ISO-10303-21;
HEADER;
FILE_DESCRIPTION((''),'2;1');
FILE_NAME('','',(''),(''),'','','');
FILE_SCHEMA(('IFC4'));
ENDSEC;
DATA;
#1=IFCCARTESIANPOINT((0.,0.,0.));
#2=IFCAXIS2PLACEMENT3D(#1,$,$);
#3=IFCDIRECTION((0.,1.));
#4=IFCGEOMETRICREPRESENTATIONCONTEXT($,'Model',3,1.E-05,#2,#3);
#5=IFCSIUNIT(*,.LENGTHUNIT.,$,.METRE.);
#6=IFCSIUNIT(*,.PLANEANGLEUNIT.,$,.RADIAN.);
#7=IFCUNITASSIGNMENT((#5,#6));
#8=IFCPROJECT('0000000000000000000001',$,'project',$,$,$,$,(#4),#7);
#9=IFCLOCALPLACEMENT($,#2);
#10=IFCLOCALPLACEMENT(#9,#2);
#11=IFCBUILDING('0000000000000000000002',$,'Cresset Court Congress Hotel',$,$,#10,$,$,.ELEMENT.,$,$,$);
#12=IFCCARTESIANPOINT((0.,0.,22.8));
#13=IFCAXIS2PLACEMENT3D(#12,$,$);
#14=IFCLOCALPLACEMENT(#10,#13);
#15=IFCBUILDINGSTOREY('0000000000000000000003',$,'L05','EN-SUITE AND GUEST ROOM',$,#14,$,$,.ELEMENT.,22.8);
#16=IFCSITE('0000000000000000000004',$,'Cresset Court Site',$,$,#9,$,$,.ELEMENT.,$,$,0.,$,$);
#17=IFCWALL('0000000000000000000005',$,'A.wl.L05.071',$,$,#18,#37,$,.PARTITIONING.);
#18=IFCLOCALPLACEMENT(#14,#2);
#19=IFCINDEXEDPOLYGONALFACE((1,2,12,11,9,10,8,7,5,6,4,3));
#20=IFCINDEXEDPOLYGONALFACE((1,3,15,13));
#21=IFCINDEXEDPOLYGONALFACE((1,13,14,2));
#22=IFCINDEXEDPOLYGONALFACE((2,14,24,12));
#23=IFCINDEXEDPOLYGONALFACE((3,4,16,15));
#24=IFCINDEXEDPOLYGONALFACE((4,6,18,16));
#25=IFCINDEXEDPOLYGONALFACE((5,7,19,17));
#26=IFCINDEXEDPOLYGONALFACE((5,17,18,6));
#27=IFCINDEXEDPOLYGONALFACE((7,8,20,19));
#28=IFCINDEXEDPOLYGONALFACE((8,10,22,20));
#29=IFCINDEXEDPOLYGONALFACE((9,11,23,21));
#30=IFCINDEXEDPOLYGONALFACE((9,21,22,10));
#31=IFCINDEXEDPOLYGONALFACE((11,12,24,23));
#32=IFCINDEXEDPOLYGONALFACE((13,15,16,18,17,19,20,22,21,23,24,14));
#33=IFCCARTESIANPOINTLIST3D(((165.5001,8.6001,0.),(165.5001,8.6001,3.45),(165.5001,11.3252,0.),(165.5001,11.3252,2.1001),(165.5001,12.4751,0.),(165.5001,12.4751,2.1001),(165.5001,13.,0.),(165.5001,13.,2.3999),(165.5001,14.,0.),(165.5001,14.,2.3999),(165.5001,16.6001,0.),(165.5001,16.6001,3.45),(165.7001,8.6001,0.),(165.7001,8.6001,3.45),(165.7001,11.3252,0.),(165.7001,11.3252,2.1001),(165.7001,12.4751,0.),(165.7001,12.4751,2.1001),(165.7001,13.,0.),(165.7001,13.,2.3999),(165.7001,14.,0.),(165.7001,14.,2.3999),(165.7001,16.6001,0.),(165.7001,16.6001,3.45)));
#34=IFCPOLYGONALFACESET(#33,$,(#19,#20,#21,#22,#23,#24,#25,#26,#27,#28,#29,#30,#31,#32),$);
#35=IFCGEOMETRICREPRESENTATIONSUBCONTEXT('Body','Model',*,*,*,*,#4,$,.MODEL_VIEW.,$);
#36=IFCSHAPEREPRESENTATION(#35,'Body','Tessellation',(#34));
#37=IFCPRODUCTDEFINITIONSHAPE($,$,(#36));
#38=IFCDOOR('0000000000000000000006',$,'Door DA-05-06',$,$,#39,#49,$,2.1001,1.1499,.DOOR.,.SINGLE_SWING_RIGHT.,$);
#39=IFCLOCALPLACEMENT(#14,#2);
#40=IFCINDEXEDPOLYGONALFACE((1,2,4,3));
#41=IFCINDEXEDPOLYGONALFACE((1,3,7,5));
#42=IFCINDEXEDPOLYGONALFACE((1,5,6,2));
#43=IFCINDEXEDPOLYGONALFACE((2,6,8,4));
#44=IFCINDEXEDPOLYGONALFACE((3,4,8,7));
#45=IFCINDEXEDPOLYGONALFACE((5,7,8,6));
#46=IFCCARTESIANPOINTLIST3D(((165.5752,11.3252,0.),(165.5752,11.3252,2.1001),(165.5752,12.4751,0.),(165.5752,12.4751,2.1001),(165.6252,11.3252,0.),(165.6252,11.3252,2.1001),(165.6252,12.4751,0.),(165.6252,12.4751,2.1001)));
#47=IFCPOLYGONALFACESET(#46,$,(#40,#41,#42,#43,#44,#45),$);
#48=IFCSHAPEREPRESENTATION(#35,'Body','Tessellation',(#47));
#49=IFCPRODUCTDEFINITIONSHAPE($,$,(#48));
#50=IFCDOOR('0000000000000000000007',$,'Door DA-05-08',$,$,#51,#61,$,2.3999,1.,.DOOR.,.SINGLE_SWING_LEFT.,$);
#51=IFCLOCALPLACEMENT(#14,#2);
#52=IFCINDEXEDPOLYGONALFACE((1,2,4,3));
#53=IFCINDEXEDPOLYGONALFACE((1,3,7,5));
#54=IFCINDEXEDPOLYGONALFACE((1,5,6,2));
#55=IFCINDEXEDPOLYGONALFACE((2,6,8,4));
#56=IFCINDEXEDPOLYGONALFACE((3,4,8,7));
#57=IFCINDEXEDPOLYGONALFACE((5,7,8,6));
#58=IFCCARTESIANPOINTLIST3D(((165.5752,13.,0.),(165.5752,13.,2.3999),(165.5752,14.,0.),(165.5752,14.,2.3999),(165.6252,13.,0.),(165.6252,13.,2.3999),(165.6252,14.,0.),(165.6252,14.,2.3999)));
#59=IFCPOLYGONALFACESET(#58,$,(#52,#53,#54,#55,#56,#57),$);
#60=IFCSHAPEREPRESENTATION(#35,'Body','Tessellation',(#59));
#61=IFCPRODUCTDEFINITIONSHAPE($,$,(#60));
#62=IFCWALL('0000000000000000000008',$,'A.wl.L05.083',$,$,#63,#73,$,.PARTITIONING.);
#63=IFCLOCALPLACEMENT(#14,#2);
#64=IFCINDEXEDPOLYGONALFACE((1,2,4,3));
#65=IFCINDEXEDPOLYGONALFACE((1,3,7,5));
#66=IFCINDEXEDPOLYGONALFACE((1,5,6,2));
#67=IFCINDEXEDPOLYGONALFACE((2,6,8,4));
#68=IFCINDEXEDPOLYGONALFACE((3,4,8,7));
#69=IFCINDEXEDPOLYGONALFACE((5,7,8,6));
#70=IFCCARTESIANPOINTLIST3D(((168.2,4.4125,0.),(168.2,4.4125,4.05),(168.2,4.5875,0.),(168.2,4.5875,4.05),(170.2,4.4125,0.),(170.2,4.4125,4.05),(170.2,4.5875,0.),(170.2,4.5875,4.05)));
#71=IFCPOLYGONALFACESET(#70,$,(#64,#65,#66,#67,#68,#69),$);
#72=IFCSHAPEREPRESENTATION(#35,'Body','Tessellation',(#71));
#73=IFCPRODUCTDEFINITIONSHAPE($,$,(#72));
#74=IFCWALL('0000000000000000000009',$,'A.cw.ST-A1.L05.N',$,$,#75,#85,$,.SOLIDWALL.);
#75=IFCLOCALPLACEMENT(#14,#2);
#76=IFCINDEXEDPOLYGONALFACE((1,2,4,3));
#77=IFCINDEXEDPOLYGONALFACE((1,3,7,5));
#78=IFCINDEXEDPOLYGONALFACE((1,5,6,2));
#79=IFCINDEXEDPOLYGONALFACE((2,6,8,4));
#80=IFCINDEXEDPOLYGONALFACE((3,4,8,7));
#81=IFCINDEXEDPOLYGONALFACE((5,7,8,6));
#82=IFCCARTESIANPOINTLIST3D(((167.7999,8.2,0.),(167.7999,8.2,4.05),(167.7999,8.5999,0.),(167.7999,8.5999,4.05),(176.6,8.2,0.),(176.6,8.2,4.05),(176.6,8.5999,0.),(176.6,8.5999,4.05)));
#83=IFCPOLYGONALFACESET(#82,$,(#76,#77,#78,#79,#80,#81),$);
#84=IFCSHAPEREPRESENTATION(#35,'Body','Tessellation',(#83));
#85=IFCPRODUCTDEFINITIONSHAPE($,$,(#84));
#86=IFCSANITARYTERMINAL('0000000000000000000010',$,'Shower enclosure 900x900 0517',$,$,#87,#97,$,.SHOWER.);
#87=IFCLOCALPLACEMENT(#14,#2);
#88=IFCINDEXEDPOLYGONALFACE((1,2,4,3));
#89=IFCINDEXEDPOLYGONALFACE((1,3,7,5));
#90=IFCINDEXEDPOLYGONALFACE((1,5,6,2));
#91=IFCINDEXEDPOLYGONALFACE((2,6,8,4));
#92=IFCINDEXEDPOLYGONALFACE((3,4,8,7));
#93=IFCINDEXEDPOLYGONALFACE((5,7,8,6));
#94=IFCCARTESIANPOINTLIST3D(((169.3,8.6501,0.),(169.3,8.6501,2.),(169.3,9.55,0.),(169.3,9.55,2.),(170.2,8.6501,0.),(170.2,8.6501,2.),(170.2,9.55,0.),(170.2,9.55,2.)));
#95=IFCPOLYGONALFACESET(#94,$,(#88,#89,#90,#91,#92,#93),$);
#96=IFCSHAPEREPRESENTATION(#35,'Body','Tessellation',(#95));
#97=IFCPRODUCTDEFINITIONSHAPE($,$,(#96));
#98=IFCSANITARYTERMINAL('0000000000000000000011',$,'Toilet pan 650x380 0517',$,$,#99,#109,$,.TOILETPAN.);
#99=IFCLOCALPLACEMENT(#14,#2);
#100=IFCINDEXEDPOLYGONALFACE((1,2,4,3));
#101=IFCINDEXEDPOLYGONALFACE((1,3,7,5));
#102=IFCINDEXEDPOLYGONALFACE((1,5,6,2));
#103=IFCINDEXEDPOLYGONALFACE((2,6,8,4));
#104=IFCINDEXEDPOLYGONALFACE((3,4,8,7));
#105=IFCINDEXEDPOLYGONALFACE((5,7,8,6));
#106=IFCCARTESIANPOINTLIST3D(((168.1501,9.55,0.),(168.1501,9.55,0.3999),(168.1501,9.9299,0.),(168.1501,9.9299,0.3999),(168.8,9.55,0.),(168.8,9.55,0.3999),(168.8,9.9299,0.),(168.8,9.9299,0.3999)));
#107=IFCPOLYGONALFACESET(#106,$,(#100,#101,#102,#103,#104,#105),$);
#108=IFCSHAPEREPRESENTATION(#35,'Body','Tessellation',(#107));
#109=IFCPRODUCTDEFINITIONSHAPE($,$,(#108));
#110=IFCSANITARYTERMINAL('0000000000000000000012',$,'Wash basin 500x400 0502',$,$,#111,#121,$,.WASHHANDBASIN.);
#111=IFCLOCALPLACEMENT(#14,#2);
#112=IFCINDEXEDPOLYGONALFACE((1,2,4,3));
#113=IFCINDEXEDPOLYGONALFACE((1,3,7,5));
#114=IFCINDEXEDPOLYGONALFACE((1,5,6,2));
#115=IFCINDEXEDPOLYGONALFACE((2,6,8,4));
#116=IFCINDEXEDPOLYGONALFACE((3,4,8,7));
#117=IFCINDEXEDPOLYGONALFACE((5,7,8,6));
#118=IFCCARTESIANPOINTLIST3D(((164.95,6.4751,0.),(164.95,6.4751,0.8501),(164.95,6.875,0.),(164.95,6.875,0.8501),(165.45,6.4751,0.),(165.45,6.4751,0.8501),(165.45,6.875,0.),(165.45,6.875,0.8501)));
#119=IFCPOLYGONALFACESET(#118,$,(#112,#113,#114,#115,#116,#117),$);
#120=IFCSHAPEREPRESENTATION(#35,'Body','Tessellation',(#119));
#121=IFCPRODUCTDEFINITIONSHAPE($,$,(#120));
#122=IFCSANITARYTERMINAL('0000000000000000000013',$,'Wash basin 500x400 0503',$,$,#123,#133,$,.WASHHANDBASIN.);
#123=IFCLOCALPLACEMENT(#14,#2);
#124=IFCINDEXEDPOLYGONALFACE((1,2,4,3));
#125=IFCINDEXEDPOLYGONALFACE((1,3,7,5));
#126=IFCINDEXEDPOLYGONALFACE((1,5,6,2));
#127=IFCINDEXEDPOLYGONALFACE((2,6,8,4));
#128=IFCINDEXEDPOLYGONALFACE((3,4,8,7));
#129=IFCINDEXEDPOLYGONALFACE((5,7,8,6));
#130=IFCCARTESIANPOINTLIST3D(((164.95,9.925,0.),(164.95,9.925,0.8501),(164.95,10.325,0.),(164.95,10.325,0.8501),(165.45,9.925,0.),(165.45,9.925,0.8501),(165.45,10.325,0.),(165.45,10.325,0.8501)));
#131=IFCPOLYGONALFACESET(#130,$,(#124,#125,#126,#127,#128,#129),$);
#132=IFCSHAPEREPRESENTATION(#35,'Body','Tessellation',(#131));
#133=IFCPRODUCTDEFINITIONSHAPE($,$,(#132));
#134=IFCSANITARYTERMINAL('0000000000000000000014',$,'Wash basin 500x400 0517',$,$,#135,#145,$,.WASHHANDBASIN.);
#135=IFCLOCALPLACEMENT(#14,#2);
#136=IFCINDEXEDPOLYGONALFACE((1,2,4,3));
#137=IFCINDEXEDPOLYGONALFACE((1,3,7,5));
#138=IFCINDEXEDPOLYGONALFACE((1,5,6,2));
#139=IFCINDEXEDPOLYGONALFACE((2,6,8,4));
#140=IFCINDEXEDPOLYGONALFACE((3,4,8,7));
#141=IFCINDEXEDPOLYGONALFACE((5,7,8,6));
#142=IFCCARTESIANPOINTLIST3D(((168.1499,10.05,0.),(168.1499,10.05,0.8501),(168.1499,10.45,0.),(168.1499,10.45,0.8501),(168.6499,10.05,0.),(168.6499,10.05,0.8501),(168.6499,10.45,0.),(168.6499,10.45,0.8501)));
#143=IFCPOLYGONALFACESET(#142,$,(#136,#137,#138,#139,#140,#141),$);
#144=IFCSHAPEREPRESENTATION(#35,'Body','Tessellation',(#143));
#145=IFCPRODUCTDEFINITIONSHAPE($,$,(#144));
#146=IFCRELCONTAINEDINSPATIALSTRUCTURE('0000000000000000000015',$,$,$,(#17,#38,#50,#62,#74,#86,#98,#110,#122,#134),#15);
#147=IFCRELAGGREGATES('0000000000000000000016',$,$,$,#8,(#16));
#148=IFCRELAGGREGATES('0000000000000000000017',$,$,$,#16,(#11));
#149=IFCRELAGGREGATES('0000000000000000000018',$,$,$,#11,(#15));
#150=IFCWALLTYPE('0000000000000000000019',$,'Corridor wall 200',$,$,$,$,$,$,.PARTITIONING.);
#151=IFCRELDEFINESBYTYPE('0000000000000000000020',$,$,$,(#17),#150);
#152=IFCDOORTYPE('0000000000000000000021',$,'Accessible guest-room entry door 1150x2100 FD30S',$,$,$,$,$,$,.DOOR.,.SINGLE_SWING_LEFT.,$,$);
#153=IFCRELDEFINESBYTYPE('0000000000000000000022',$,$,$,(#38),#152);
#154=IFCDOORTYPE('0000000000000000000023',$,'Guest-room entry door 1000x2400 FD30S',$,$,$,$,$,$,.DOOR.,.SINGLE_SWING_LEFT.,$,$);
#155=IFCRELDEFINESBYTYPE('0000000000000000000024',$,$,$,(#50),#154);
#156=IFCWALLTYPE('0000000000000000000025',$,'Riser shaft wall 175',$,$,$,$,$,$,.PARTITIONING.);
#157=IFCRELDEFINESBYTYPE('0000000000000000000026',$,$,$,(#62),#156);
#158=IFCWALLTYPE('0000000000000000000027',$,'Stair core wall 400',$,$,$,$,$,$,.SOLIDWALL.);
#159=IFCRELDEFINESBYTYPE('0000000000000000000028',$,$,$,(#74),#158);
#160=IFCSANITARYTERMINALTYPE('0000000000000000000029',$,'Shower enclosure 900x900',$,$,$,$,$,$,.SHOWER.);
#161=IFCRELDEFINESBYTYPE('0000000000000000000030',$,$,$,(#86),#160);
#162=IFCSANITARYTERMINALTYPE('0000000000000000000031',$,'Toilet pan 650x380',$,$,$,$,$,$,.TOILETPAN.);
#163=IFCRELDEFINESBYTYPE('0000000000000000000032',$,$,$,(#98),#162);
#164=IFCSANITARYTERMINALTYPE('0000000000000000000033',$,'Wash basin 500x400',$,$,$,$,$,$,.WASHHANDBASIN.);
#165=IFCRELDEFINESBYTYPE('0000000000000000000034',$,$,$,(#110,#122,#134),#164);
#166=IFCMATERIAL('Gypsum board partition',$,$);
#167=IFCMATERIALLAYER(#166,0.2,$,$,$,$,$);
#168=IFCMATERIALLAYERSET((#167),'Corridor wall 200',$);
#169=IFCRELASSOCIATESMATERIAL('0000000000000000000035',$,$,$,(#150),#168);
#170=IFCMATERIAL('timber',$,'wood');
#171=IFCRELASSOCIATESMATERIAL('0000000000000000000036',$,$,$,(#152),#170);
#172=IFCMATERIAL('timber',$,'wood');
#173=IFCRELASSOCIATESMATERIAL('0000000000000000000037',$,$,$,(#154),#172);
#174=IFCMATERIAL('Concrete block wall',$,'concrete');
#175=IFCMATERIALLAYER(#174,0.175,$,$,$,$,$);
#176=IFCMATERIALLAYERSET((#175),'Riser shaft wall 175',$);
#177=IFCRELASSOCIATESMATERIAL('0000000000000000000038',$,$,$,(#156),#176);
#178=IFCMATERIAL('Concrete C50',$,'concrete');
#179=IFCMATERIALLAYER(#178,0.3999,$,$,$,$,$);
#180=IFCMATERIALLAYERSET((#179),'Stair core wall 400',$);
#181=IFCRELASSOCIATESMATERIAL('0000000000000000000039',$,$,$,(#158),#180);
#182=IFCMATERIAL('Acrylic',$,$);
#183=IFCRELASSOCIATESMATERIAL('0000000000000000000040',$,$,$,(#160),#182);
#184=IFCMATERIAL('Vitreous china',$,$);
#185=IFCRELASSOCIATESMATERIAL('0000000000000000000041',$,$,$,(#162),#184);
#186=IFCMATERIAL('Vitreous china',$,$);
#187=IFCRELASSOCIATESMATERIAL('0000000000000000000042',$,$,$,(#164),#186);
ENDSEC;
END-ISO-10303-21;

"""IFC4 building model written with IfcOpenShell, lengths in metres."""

from ifc_helpers import new_model, si_unit, direction, frame, frame_2d, origin, origin_2d, place, context, subcontext, project, spatial, rectangle, extrude, material, layer, layer_set, type_object, element, fill, save


model = new_model("IFC4")

# Units and contexts
model_context = context("Model", 3, precision=1e-05, world=origin(), true_north=direction((0.0, 1.0)))
body_context = subcontext(model_context, "Body", "Model", "MODEL_VIEW")
ifc_project = project(units=[si_unit("LENGTHUNIT", "METRE"), si_unit("PLANEANGLEUNIT", "RADIAN")], contexts=[model_context])

# Site, building, storey
site_placement = place(None, origin())
site = spatial("IfcSite", under=ifc_project, at=site_placement, Name="Cresset Court Site", CompositionType="ELEMENT", RefElevation=0.0)
building_placement = place(site_placement, origin())
building = spatial("IfcBuilding", under=site, at=building_placement, Name="Cresset Court Congress Hotel", CompositionType="ELEMENT")
storey_placement = place(building_placement, frame((0.0, 0.0, 22.8)))
storey = spatial("IfcBuildingStorey", under=building, at=storey_placement, Name="L05", Description="EN-SUITE AND GUEST ROOM", CompositionType="ELEMENT", Elevation=22.8)

# Wall, openings, doors
ifc_material_1 = material(Name="Gypsum board partition")
ifc_layer_1 = layer(ifc_material_1, 0.2)
ifc_layer_set_1 = layer_set([ifc_layer_1], Name="Corridor wall 200")
wall_type_1 = type_object("IfcWallType", Name="Corridor wall 200", PredefinedType="PARTITIONING", material=ifc_layer_set_1)
wall_1_placement = place(storey_placement, frame((165.6001, 8.6001, 0.0), z_axis=(0.0, 0.0, 1.0), x_axis=(0.0, 1.0, 0.0)))
wall_1 = element("IfcWall", 1, at=wall_1_placement, inside=storey, type_object=wall_type_1, Name="A.wl.L05.071", PredefinedType="PARTITIONING", context=body_context, shape_type="SweptSolid", body=[
    extrude(rectangle(XDim=8.0, YDim=0.2, at=frame_2d((4.0, 0.0))), origin(), (0.0, 0.0, 1.0), 3.45),
])
opening_1_placement = place(wall_1_placement, frame((2.7251, 0.0, 0.0)))
opening_1 = element("IfcOpeningElement", 2, at=opening_1_placement, cuts=wall_1, PredefinedType="OPENING", context=body_context, shape_type="SweptSolid", body=[
    extrude(rectangle(XDim=1.1499, YDim=2.1001, at=frame_2d((0.575, 1.05))), frame((0.0, 0.1099, 0.0), z_axis=(0.0, -1.0, 0.0), x_axis=(1.0, 0.0, 0.0)), (0.0, 0.0, 1.0), 0.22),
])
opening_2_placement = place(wall_1_placement, frame((4.3999, 0.0, 0.0)))
opening_2 = element("IfcOpeningElement", 3, at=opening_2_placement, cuts=wall_1, PredefinedType="OPENING", context=body_context, shape_type="SweptSolid", body=[
    extrude(rectangle(XDim=1.0, YDim=2.3999, at=frame_2d((0.5, 1.2))), frame((0.0, 0.1099, 0.0), z_axis=(0.0, -1.0, 0.0), x_axis=(1.0, 0.0, 0.0)), (0.0, 0.0, 1.0), 0.22),
])
ifc_material_2 = material(Name="timber", Category="wood")
door_type_1 = type_object("IfcDoorType", Name="Accessible guest-room entry door 1150x2100 FD30S", OperationType="SINGLE_SWING_LEFT", PredefinedType="DOOR", material=ifc_material_2)
door_1_placement = place(opening_1_placement, origin())
door_1 = element("IfcDoor", 4, at=door_1_placement, inside=storey, type_object=door_type_1, Name="Door DA-05-06", OperationType="SINGLE_SWING_RIGHT", OverallHeight=2.1001, OverallWidth=1.1499, PredefinedType="DOOR", context=body_context, shape_type="SweptSolid", body=[
    extrude(rectangle(XDim=1.1499, YDim=2.1001, at=frame_2d((0.575, 1.05))), frame((0.0, 0.0249, 0.0), z_axis=(0.0, -1.0, 0.0), x_axis=(1.0, 0.0, 0.0)), (0.0, 0.0, 1.0), 0.05),
])
fill(opening_1, door_1)
ifc_material_3 = material(Name="timber", Category="wood")
door_type_2 = type_object("IfcDoorType", Name="Guest-room entry door 1000x2400 FD30S", OperationType="SINGLE_SWING_LEFT", PredefinedType="DOOR", material=ifc_material_3)
door_2_placement = place(opening_2_placement, origin())
door_2 = element("IfcDoor", 5, at=door_2_placement, inside=storey, type_object=door_type_2, Name="Door DA-05-08", OperationType="SINGLE_SWING_LEFT", OverallHeight=2.3999, OverallWidth=1.0, PredefinedType="DOOR", context=body_context, shape_type="SweptSolid", body=[
    extrude(rectangle(XDim=1.0, YDim=2.3999, at=frame_2d((0.5, 1.2))), frame((0.0, 0.0249, 0.0), z_axis=(0.0, -1.0, 0.0), x_axis=(1.0, 0.0, 0.0)), (0.0, 0.0, 1.0), 0.05),
])
fill(opening_2, door_2)

# Walls
ifc_material_4 = material(Name="Concrete block wall", Category="concrete")
ifc_layer_2 = layer(ifc_material_4, 0.175)
ifc_layer_set_2 = layer_set([ifc_layer_2], Name="Riser shaft wall 175")
wall_type_2 = type_object("IfcWallType", Name="Riser shaft wall 175", PredefinedType="PARTITIONING", material=ifc_layer_set_2)
wall_2_placement = place(storey_placement, frame((168.2, 4.5, 0.0), z_axis=(0.0, 0.0, 1.0), x_axis=(1.0, 0.0, 0.0)))
element("IfcWall", 6, at=wall_2_placement, inside=storey, type_object=wall_type_2, Name="A.wl.L05.083", PredefinedType="PARTITIONING", context=body_context, shape_type="SweptSolid", body=[
    extrude(rectangle(XDim=2.0, YDim=0.175, at=frame_2d((1.0, 0.0))), origin(), (0.0, 0.0, 1.0), 4.05),
])
ifc_material_5 = material(Name="Concrete C50", Category="concrete")
ifc_layer_3 = layer(ifc_material_5, 0.3999)
ifc_layer_set_3 = layer_set([ifc_layer_3], Name="Stair core wall 400")
wall_type_3 = type_object("IfcWallType", Name="Stair core wall 400", PredefinedType="SOLIDWALL", material=ifc_layer_set_3)
wall_3_placement = place(storey_placement, frame((167.8, 8.3999, 0.0), z_axis=(0.0, 0.0, 1.0), x_axis=(1.0, 0.0, 0.0)))
element("IfcWall", 7, at=wall_3_placement, inside=storey, type_object=wall_type_3, Name="A.cw.ST-A1.L05.N", PredefinedType="SOLIDWALL", context=body_context, shape_type="SweptSolid", body=[
    extrude(rectangle(XDim=8.8, YDim=0.3999, at=frame_2d((4.3999, 0.0))), origin(), (0.0, 0.0, 1.0), 4.05),
])

# Sanitary terminals
ifc_material_6 = material(Name="Acrylic")
sanitary_terminal_type_1 = type_object("IfcSanitaryTerminalType", Name="Shower enclosure 900x900", PredefinedType="SHOWER", material=ifc_material_6)
sanitary_terminal_1_placement = place(storey_placement, frame((169.75, 9.1001, 0.0), z_axis=(0.0, 0.0, 1.0), x_axis=(1.0, 0.0, 0.0)))
element("IfcSanitaryTerminal", 8, at=sanitary_terminal_1_placement, inside=storey, type_object=sanitary_terminal_type_1, Name="Shower enclosure 900x900 0517", PredefinedType="SHOWER", context=body_context, shape_type="SweptSolid", body=[
    extrude(rectangle(XDim=0.8999, YDim=0.8999, at=origin_2d()), origin(), (0.0, 0.0, 1.0), 2.0),
])
ifc_material_7 = material(Name="Vitreous china")
sanitary_terminal_type_2 = type_object("IfcSanitaryTerminalType", Name="Toilet pan 650x380", PredefinedType="TOILETPAN", material=ifc_material_7)
sanitary_terminal_2_placement = place(storey_placement, frame((168.4751, 9.74, 0.0), z_axis=(0.0, 0.0, 1.0), x_axis=(1.0, 0.0, 0.0)))
element("IfcSanitaryTerminal", 9, at=sanitary_terminal_2_placement, inside=storey, type_object=sanitary_terminal_type_2, Name="Toilet pan 650x380 0517", PredefinedType="TOILETPAN", context=body_context, shape_type="SweptSolid", body=[
    extrude(rectangle(XDim=0.6499, YDim=0.3799, at=origin_2d()), origin(), (0.0, 0.0, 1.0), 0.3999),
])
ifc_material_8 = material(Name="Vitreous china")
sanitary_terminal_type_3 = type_object("IfcSanitaryTerminalType", Name="Wash basin 500x400", PredefinedType="WASHHANDBASIN", material=ifc_material_8)
for number, where, z_axis, x_axis, name in (
    (10, (165.2, 6.675, 0.0), (0.0, 0.0, 1.0), (1.0, 0.0, 0.0), "Wash basin 500x400 0502"),
    (11, (165.2, 10.125, 0.0), (0.0, 0.0, 1.0), (1.0, 0.0, 0.0), "Wash basin 500x400 0503"),
    (12, (168.3999, 10.25, 0.0), (0.0, 0.0, 1.0), (1.0, 0.0, 0.0), "Wash basin 500x400 0517"),
):
    element("IfcSanitaryTerminal", number, at=place(storey_placement, frame(where, z_axis=z_axis, x_axis=x_axis)), inside=storey, type_object=sanitary_terminal_type_3, Name=name, PredefinedType="WASHHANDBASIN", context=body_context, shape_type="SweptSolid", body=[
        extrude(rectangle(XDim=0.5, YDim=0.3999, at=origin_2d()), origin(), (0.0, 0.0, 1.0), 0.8501),
    ])

save(model, "model.ifc")
